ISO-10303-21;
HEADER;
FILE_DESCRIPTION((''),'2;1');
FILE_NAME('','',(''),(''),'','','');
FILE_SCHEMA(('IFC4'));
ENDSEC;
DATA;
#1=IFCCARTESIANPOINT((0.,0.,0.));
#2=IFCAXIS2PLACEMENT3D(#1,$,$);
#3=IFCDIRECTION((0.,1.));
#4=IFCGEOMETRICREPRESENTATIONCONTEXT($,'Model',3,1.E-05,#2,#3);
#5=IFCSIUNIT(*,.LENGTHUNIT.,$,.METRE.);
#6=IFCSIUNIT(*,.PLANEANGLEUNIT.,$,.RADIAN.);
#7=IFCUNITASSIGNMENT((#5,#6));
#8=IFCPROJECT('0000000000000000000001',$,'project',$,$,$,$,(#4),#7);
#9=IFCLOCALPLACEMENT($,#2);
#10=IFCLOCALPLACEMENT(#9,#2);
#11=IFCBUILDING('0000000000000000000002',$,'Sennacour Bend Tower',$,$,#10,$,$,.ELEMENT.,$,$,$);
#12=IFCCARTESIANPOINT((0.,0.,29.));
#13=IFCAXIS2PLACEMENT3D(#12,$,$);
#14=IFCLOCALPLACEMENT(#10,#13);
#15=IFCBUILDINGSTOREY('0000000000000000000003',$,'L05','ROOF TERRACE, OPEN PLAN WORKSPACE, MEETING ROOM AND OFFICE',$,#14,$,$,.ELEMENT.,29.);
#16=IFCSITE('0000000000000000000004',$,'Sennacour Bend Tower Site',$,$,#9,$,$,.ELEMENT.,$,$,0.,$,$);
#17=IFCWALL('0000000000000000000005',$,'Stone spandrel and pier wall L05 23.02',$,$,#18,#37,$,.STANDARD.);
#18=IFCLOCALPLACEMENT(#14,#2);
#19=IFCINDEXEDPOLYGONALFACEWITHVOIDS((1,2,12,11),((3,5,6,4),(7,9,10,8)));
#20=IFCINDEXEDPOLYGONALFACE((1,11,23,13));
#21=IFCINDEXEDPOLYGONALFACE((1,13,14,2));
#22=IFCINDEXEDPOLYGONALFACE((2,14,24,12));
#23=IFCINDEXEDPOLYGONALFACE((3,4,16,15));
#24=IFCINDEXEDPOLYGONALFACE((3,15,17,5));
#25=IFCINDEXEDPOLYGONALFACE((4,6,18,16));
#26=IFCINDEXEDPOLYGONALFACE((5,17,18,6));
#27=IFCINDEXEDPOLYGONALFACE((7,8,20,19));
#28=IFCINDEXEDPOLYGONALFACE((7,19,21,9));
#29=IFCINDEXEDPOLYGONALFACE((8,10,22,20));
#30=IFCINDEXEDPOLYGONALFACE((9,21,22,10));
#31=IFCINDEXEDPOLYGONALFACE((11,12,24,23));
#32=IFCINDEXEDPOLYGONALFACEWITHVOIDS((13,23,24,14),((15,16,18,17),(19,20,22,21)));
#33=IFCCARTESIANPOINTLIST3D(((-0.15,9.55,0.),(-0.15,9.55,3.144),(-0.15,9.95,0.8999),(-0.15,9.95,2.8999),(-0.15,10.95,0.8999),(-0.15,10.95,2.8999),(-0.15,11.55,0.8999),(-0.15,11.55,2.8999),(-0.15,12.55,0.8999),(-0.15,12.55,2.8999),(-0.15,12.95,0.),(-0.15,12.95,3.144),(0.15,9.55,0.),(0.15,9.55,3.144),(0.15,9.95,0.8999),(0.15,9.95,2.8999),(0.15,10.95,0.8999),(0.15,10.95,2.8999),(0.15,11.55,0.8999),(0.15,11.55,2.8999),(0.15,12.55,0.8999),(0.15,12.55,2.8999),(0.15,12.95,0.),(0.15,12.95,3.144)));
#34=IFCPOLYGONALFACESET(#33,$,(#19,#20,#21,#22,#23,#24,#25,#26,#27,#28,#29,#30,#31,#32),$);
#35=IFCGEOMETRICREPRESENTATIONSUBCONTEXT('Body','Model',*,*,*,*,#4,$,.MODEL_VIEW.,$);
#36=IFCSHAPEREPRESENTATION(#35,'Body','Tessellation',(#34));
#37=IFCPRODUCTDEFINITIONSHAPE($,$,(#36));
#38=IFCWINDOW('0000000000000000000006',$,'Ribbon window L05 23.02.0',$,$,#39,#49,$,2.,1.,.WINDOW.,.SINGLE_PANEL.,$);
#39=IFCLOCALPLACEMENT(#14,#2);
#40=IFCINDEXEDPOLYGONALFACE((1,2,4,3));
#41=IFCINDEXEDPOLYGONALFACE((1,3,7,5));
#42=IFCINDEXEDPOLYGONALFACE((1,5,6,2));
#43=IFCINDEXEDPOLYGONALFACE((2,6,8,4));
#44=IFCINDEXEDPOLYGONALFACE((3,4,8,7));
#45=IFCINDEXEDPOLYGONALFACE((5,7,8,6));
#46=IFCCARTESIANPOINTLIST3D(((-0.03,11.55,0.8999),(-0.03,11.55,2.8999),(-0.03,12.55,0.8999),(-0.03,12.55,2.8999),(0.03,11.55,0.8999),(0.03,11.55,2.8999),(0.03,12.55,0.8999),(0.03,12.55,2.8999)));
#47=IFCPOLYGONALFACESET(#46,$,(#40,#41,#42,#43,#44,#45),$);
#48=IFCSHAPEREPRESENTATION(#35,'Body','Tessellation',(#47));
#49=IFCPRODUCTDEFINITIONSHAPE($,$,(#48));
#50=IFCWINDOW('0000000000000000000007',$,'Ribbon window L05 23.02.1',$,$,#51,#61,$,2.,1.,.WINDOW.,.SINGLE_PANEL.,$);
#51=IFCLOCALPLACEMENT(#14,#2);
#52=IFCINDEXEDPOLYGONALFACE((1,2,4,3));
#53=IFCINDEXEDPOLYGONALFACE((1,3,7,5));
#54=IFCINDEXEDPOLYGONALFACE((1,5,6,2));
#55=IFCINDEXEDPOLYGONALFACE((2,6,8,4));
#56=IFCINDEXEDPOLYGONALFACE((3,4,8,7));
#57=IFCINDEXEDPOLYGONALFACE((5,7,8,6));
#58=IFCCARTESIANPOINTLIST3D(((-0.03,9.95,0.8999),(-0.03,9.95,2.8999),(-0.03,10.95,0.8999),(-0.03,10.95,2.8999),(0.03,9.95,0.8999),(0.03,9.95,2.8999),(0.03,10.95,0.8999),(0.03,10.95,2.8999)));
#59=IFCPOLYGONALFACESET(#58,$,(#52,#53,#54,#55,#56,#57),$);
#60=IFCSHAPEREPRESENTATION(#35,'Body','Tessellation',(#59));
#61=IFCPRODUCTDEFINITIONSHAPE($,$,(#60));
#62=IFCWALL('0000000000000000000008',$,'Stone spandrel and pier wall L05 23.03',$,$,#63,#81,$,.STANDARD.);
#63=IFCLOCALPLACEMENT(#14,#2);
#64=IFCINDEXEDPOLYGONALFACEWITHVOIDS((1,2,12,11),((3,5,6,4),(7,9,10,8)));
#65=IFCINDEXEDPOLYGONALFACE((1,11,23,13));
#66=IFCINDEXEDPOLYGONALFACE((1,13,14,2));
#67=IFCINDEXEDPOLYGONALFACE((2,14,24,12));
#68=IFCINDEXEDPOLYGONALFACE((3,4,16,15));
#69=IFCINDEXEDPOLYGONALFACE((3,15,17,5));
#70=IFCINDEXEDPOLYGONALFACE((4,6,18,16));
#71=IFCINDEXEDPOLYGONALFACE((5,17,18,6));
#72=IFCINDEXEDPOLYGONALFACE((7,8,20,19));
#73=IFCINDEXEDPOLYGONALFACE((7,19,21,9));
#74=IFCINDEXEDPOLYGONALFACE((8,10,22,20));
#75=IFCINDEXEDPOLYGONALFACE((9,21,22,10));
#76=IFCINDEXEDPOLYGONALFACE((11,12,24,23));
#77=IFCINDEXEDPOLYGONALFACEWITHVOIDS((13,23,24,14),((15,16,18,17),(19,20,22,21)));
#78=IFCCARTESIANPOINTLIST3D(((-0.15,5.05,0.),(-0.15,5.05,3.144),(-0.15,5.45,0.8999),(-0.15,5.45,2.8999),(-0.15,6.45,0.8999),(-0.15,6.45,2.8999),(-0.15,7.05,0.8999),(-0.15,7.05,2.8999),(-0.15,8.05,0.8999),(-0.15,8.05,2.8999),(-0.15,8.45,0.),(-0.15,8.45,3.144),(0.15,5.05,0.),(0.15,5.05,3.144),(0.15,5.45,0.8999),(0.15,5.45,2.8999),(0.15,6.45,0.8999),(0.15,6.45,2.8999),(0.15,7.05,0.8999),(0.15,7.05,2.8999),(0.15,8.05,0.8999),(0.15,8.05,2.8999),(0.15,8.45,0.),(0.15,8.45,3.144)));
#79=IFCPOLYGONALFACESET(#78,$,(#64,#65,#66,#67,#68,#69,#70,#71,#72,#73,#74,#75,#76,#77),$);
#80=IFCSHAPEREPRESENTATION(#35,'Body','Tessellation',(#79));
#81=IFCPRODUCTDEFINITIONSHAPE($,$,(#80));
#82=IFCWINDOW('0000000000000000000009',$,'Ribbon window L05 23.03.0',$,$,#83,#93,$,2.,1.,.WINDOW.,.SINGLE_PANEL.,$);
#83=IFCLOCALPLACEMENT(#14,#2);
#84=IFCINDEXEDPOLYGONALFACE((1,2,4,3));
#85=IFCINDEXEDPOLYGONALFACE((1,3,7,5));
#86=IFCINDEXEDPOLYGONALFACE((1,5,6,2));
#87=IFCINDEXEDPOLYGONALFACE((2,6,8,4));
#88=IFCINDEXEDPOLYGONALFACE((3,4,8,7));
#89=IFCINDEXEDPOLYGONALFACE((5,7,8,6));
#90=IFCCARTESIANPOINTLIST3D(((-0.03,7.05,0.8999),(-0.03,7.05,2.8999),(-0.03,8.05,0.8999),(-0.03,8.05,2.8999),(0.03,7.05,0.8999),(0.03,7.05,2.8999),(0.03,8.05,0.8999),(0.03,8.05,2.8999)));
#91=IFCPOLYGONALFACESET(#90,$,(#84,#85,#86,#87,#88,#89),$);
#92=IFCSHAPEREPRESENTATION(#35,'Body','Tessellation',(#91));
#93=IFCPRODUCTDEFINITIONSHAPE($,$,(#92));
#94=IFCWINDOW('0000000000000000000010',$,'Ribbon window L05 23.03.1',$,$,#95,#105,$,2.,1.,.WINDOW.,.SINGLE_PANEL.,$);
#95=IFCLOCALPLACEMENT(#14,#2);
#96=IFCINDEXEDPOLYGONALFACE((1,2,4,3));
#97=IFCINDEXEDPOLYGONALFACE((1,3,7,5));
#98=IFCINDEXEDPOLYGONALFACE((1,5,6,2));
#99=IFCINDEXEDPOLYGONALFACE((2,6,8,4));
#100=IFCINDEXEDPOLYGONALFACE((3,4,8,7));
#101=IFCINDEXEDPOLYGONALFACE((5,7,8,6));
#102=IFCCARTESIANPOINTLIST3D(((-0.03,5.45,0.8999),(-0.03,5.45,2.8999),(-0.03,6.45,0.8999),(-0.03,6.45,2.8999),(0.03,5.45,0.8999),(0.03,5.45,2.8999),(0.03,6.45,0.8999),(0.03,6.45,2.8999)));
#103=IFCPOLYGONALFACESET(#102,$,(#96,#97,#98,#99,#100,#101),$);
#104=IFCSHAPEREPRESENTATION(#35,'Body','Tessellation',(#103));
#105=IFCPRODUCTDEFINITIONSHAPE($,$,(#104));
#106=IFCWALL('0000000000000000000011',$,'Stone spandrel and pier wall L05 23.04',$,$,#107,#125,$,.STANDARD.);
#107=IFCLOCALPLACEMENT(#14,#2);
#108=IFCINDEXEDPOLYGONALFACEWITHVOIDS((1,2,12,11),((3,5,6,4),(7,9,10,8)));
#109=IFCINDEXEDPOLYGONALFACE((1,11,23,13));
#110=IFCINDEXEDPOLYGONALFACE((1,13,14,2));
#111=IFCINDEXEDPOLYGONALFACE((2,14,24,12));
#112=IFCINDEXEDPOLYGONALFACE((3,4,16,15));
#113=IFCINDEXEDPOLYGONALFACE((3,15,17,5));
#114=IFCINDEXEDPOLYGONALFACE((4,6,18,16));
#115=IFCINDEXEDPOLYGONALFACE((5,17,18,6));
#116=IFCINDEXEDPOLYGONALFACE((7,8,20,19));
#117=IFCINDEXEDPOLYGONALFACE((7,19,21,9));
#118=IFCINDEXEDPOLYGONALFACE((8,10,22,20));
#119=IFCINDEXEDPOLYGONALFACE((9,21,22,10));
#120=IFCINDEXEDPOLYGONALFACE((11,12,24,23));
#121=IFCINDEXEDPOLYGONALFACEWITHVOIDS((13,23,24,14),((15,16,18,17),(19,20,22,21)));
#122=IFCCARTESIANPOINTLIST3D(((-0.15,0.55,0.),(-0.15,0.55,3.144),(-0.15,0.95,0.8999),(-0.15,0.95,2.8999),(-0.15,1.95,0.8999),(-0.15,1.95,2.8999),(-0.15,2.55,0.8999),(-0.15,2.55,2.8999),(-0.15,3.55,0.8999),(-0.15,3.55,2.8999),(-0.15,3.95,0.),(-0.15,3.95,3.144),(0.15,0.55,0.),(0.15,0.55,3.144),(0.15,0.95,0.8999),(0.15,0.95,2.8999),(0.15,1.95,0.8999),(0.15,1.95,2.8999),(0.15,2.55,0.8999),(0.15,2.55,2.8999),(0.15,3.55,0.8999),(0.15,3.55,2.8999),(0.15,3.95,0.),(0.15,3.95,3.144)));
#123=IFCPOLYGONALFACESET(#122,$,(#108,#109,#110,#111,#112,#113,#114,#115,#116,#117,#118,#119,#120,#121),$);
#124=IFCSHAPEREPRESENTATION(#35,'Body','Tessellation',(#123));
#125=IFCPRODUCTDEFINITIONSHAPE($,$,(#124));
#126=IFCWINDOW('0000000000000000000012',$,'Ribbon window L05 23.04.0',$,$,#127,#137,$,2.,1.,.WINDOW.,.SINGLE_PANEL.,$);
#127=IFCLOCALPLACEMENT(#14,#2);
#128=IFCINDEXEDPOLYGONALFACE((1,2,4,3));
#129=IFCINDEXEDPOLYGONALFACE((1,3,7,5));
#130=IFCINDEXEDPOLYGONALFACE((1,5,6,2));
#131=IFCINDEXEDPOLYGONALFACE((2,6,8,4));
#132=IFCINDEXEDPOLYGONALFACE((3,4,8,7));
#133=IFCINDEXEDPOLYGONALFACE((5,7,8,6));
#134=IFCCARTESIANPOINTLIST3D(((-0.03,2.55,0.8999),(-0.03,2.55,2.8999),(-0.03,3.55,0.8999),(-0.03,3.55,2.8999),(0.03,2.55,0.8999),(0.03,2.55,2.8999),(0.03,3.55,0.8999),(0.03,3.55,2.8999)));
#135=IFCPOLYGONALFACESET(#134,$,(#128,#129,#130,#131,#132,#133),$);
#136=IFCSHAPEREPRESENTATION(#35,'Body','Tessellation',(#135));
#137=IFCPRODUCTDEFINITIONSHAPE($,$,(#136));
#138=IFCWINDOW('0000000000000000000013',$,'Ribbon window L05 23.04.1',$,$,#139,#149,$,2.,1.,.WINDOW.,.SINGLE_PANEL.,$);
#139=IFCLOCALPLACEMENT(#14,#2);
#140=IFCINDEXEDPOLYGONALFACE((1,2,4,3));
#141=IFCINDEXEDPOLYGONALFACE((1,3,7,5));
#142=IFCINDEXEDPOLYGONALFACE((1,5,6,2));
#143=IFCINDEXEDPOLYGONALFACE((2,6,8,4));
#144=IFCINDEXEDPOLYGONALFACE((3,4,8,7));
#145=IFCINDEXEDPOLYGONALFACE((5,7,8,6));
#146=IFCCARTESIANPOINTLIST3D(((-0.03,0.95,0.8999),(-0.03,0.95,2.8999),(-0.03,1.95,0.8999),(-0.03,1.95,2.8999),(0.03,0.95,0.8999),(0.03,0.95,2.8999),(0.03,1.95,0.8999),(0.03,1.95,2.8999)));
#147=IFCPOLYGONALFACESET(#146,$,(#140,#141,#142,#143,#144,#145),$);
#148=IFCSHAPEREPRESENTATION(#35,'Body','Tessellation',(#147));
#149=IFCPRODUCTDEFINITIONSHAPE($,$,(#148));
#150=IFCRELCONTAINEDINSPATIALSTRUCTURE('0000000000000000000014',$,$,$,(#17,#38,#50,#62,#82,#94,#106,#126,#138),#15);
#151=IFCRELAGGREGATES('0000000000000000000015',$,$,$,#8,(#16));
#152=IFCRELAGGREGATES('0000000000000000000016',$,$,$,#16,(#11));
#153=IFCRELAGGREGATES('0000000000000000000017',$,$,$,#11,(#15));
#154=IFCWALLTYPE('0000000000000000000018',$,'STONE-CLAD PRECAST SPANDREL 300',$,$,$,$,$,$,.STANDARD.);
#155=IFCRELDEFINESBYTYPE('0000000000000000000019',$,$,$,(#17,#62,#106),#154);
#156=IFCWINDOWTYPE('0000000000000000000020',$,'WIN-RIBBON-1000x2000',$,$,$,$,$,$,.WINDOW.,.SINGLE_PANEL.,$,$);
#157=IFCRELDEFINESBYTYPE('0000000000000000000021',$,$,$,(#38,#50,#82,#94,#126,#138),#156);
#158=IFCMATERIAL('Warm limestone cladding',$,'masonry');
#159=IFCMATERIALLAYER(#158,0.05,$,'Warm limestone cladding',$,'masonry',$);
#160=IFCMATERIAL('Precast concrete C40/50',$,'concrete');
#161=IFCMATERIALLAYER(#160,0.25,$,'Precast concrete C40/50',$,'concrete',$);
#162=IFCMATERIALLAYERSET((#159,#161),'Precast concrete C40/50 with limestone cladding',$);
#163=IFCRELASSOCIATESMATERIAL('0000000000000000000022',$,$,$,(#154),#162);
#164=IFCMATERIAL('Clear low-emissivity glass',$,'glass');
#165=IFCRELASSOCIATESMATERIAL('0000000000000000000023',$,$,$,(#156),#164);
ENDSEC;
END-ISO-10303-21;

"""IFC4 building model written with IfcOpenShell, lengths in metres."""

from ifc_helpers import new_model, si_unit, direction, frame, frame_2d, origin, place, context, subcontext, project, spatial, rectangle, extrude, material, layer, layer_set, type_object, element, fill, save


model = new_model("IFC4")

# Units and contexts
model_context = context("Model", 3, precision=1e-05, world=origin(), true_north=direction((0.0, 1.0)))
body_context = subcontext(model_context, "Body", "Model", "MODEL_VIEW")
ifc_project = project(units=[si_unit("LENGTHUNIT", "METRE"), si_unit("PLANEANGLEUNIT", "RADIAN")], contexts=[model_context])

# Site, building, storey
site_placement = place(None, origin())
site = spatial("IfcSite", under=ifc_project, at=site_placement, Name="Sennacour Bend Tower Site", CompositionType="ELEMENT", RefElevation=0.0)
building_placement = place(site_placement, origin())
building = spatial("IfcBuilding", under=site, at=building_placement, Name="Sennacour Bend Tower", CompositionType="ELEMENT")
storey_placement = place(building_placement, frame((0.0, 0.0, 29.0)))
storey = spatial("IfcBuildingStorey", under=building, at=storey_placement, Name="L05", Description="ROOF TERRACE, OPEN PLAN WORKSPACE, MEETING ROOM AND OFFICE", CompositionType="ELEMENT", Elevation=29.0)

# Walls, openings, windows
ifc_material_1 = material(Name="Warm limestone cladding", Category="masonry")
ifc_layer_1 = layer(ifc_material_1, 0.05, Name="Warm limestone cladding", Category="masonry")
ifc_material_2 = material(Name="Precast concrete C40/50", Category="concrete")
ifc_layer_2 = layer(ifc_material_2, 0.25, Name="Precast concrete C40/50", Category="concrete")
ifc_layer_set_1 = layer_set([ifc_layer_1, ifc_layer_2], Name="Precast concrete C40/50 with limestone cladding")
wall_type_1 = type_object("IfcWallType", Name="STONE-CLAD PRECAST SPANDREL 300", PredefinedType="STANDARD", material=ifc_layer_set_1)
wall_1_placement = place(storey_placement, frame((0.0, 12.95, 0.0), z_axis=(0.0, 0.0, 1.0), x_axis=(0.0, -1.0, 0.0)))
wall_1 = element("IfcWall", 1, at=wall_1_placement, inside=storey, type_object=wall_type_1, Name="Stone spandrel and pier wall L05 23.02", PredefinedType="STANDARD", context=body_context, shape_type="SweptSolid", body=[
    extrude(rectangle(XDim=3.3999, YDim=0.3, at=frame_2d((1.7, 0.0))), origin(), (0.0, 0.0, 1.0), 3.144),
])
opening_1_placement = place(wall_1_placement, frame((0.3999, 0.0, 0.8999)))
opening_1 = element("IfcOpeningElement", 2, at=opening_1_placement, cuts=wall_1, PredefinedType="OPENING", context=body_context, shape_type="SweptSolid", body=[
    extrude(rectangle(XDim=1.0, YDim=2.0, at=frame_2d((0.5, 1.0))), frame((0.0, 0.1602, 0.0), z_axis=(0.0, -1.0, 0.0), x_axis=(1.0, 0.0, 0.0)), (0.0, 0.0, 1.0), 0.3201),
])
opening_2_placement = place(wall_1_placement, frame((2.0, 0.0, 0.8999)))
opening_2 = element("IfcOpeningElement", 3, at=opening_2_placement, cuts=wall_1, PredefinedType="OPENING", context=body_context, shape_type="SweptSolid", body=[
    extrude(rectangle(XDim=1.0, YDim=2.0, at=frame_2d((0.5, 1.0))), frame((0.0, 0.1602, 0.0), z_axis=(0.0, -1.0, 0.0), x_axis=(1.0, 0.0, 0.0)), (0.0, 0.0, 1.0), 0.3201),
])
ifc_material_3 = material(Name="Clear low-emissivity glass", Category="glass")
window_type = type_object("IfcWindowType", Name="WIN-RIBBON-1000x2000", PartitioningType="SINGLE_PANEL", PredefinedType="WINDOW", material=ifc_material_3)
window_1_placement = place(opening_1_placement, origin())
window_1 = element("IfcWindow", 4, at=window_1_placement, inside=storey, type_object=window_type, Name="Ribbon window L05 23.02.0", OverallHeight=2.0, OverallWidth=1.0, PartitioningType="SINGLE_PANEL", PredefinedType="WINDOW", context=body_context, shape_type="SweptSolid", body=[
    extrude(rectangle(XDim=1.0, YDim=2.0, at=frame_2d((0.5, 1.0))), frame((0.0, 0.03, 0.0), z_axis=(0.0, -1.0, 0.0), x_axis=(1.0, 0.0, 0.0)), (0.0, 0.0, 1.0), 0.0601),
])
fill(opening_1, window_1)
window_2_placement = place(opening_2_placement, origin())
window_2 = element("IfcWindow", 5, at=window_2_placement, inside=storey, type_object=window_type, Name="Ribbon window L05 23.02.1", OverallHeight=2.0, OverallWidth=1.0, PartitioningType="SINGLE_PANEL", PredefinedType="WINDOW", context=body_context, shape_type="SweptSolid", body=[
    extrude(rectangle(XDim=1.0, YDim=2.0, at=frame_2d((0.5, 1.0))), frame((0.0, 0.03, 0.0), z_axis=(0.0, -1.0, 0.0), x_axis=(1.0, 0.0, 0.0)), (0.0, 0.0, 1.0), 0.0601),
])
fill(opening_2, window_2)
wall_2_placement = place(storey_placement, frame((0.0, 8.45, 0.0), z_axis=(0.0, 0.0, 1.0), x_axis=(0.0, -1.0, 0.0)))
wall_2 = element("IfcWall", 6, at=wall_2_placement, inside=storey, type_object=wall_type_1, Name="Stone spandrel and pier wall L05 23.03", PredefinedType="STANDARD", context=body_context, shape_type="SweptSolid", body=[
    extrude(rectangle(XDim=3.3999, YDim=0.3, at=frame_2d((1.7, 0.0))), origin(), (0.0, 0.0, 1.0), 3.144),
])
opening_3_placement = place(wall_2_placement, frame((0.3999, 0.0, 0.8999)))
opening_3 = element("IfcOpeningElement", 7, at=opening_3_placement, cuts=wall_2, PredefinedType="OPENING", context=body_context, shape_type="SweptSolid", body=[
    extrude(rectangle(XDim=1.0, YDim=2.0, at=frame_2d((0.5, 1.0))), frame((0.0, 0.1602, 0.0), z_axis=(0.0, -1.0, 0.0), x_axis=(1.0, 0.0, 0.0)), (0.0, 0.0, 1.0), 0.3201),
])
opening_4_placement = place(wall_2_placement, frame((2.0, 0.0, 0.8999)))
opening_4 = element("IfcOpeningElement", 8, at=opening_4_placement, cuts=wall_2, PredefinedType="OPENING", context=body_context, shape_type="SweptSolid", body=[
    extrude(rectangle(XDim=1.0, YDim=2.0, at=frame_2d((0.5, 1.0))), frame((0.0, 0.1602, 0.0), z_axis=(0.0, -1.0, 0.0), x_axis=(1.0, 0.0, 0.0)), (0.0, 0.0, 1.0), 0.3201),
])
window_3_placement = place(opening_3_placement, origin())
window_3 = element("IfcWindow", 9, at=window_3_placement, inside=storey, type_object=window_type, Name="Ribbon window L05 23.03.0", OverallHeight=2.0, OverallWidth=1.0, PartitioningType="SINGLE_PANEL", PredefinedType="WINDOW", context=body_context, shape_type="SweptSolid", body=[
    extrude(rectangle(XDim=1.0, YDim=2.0, at=frame_2d((0.5, 1.0))), frame((0.0, 0.03, 0.0), z_axis=(0.0, -1.0, 0.0), x_axis=(1.0, 0.0, 0.0)), (0.0, 0.0, 1.0), 0.0601),
])
fill(opening_3, window_3)
window_4_placement = place(opening_4_placement, origin())
window_4 = element("IfcWindow", 10, at=window_4_placement, inside=storey, type_object=window_type, Name="Ribbon window L05 23.03.1", OverallHeight=2.0, OverallWidth=1.0, PartitioningType="SINGLE_PANEL", PredefinedType="WINDOW", context=body_context, shape_type="SweptSolid", body=[
    extrude(rectangle(XDim=1.0, YDim=2.0, at=frame_2d((0.5, 1.0))), frame((0.0, 0.03, 0.0), z_axis=(0.0, -1.0, 0.0), x_axis=(1.0, 0.0, 0.0)), (0.0, 0.0, 1.0), 0.0601),
])
fill(opening_4, window_4)
wall_3_placement = place(storey_placement, frame((0.0, 3.95, 0.0), z_axis=(0.0, 0.0, 1.0), x_axis=(0.0, -1.0, 0.0)))
wall_3 = element("IfcWall", 11, at=wall_3_placement, inside=storey, type_object=wall_type_1, Name="Stone spandrel and pier wall L05 23.04", PredefinedType="STANDARD", context=body_context, shape_type="SweptSolid", body=[
    extrude(rectangle(XDim=3.3999, YDim=0.3, at=frame_2d((1.7, 0.0))), origin(), (0.0, 0.0, 1.0), 3.144),
])
opening_5_placement = place(wall_3_placement, frame((0.3999, 0.0, 0.8999)))
opening_5 = element("IfcOpeningElement", 12, at=opening_5_placement, cuts=wall_3, PredefinedType="OPENING", context=body_context, shape_type="SweptSolid", body=[
    extrude(rectangle(XDim=1.0, YDim=2.0, at=frame_2d((0.5, 1.0))), frame((0.0, 0.1602, 0.0), z_axis=(0.0, -1.0, 0.0), x_axis=(1.0, 0.0, 0.0)), (0.0, 0.0, 1.0), 0.3201),
])
opening_6_placement = place(wall_3_placement, frame((2.0, 0.0, 0.8999)))
opening_6 = element("IfcOpeningElement", 13, at=opening_6_placement, cuts=wall_3, PredefinedType="OPENING", context=body_context, shape_type="SweptSolid", body=[
    extrude(rectangle(XDim=1.0, YDim=2.0, at=frame_2d((0.5, 1.0))), frame((0.0, 0.1602, 0.0), z_axis=(0.0, -1.0, 0.0), x_axis=(1.0, 0.0, 0.0)), (0.0, 0.0, 1.0), 0.3201),
])
window_5_placement = place(opening_5_placement, origin())
window_5 = element("IfcWindow", 14, at=window_5_placement, inside=storey, type_object=window_type, Name="Ribbon window L05 23.04.0", OverallHeight=2.0, OverallWidth=1.0, PartitioningType="SINGLE_PANEL", PredefinedType="WINDOW", context=body_context, shape_type="SweptSolid", body=[
    extrude(rectangle(XDim=1.0, YDim=2.0, at=frame_2d((0.5, 1.0))), frame((0.0, 0.03, 0.0), z_axis=(0.0, -1.0, 0.0), x_axis=(1.0, 0.0, 0.0)), (0.0, 0.0, 1.0), 0.0601),
])
fill(opening_5, window_5)
window_6_placement = place(opening_6_placement, origin())
window_6 = element("IfcWindow", 15, at=window_6_placement, inside=storey, type_object=window_type, Name="Ribbon window L05 23.04.1", OverallHeight=2.0, OverallWidth=1.0, PartitioningType="SINGLE_PANEL", PredefinedType="WINDOW", context=body_context, shape_type="SweptSolid", body=[
    extrude(rectangle(XDim=1.0, YDim=2.0, at=frame_2d((0.5, 1.0))), frame((0.0, 0.03, 0.0), z_axis=(0.0, -1.0, 0.0), x_axis=(1.0, 0.0, 0.0)), (0.0, 0.0, 1.0), 0.0601),
])
fill(opening_6, window_6)

save(model, "model.ifc")
